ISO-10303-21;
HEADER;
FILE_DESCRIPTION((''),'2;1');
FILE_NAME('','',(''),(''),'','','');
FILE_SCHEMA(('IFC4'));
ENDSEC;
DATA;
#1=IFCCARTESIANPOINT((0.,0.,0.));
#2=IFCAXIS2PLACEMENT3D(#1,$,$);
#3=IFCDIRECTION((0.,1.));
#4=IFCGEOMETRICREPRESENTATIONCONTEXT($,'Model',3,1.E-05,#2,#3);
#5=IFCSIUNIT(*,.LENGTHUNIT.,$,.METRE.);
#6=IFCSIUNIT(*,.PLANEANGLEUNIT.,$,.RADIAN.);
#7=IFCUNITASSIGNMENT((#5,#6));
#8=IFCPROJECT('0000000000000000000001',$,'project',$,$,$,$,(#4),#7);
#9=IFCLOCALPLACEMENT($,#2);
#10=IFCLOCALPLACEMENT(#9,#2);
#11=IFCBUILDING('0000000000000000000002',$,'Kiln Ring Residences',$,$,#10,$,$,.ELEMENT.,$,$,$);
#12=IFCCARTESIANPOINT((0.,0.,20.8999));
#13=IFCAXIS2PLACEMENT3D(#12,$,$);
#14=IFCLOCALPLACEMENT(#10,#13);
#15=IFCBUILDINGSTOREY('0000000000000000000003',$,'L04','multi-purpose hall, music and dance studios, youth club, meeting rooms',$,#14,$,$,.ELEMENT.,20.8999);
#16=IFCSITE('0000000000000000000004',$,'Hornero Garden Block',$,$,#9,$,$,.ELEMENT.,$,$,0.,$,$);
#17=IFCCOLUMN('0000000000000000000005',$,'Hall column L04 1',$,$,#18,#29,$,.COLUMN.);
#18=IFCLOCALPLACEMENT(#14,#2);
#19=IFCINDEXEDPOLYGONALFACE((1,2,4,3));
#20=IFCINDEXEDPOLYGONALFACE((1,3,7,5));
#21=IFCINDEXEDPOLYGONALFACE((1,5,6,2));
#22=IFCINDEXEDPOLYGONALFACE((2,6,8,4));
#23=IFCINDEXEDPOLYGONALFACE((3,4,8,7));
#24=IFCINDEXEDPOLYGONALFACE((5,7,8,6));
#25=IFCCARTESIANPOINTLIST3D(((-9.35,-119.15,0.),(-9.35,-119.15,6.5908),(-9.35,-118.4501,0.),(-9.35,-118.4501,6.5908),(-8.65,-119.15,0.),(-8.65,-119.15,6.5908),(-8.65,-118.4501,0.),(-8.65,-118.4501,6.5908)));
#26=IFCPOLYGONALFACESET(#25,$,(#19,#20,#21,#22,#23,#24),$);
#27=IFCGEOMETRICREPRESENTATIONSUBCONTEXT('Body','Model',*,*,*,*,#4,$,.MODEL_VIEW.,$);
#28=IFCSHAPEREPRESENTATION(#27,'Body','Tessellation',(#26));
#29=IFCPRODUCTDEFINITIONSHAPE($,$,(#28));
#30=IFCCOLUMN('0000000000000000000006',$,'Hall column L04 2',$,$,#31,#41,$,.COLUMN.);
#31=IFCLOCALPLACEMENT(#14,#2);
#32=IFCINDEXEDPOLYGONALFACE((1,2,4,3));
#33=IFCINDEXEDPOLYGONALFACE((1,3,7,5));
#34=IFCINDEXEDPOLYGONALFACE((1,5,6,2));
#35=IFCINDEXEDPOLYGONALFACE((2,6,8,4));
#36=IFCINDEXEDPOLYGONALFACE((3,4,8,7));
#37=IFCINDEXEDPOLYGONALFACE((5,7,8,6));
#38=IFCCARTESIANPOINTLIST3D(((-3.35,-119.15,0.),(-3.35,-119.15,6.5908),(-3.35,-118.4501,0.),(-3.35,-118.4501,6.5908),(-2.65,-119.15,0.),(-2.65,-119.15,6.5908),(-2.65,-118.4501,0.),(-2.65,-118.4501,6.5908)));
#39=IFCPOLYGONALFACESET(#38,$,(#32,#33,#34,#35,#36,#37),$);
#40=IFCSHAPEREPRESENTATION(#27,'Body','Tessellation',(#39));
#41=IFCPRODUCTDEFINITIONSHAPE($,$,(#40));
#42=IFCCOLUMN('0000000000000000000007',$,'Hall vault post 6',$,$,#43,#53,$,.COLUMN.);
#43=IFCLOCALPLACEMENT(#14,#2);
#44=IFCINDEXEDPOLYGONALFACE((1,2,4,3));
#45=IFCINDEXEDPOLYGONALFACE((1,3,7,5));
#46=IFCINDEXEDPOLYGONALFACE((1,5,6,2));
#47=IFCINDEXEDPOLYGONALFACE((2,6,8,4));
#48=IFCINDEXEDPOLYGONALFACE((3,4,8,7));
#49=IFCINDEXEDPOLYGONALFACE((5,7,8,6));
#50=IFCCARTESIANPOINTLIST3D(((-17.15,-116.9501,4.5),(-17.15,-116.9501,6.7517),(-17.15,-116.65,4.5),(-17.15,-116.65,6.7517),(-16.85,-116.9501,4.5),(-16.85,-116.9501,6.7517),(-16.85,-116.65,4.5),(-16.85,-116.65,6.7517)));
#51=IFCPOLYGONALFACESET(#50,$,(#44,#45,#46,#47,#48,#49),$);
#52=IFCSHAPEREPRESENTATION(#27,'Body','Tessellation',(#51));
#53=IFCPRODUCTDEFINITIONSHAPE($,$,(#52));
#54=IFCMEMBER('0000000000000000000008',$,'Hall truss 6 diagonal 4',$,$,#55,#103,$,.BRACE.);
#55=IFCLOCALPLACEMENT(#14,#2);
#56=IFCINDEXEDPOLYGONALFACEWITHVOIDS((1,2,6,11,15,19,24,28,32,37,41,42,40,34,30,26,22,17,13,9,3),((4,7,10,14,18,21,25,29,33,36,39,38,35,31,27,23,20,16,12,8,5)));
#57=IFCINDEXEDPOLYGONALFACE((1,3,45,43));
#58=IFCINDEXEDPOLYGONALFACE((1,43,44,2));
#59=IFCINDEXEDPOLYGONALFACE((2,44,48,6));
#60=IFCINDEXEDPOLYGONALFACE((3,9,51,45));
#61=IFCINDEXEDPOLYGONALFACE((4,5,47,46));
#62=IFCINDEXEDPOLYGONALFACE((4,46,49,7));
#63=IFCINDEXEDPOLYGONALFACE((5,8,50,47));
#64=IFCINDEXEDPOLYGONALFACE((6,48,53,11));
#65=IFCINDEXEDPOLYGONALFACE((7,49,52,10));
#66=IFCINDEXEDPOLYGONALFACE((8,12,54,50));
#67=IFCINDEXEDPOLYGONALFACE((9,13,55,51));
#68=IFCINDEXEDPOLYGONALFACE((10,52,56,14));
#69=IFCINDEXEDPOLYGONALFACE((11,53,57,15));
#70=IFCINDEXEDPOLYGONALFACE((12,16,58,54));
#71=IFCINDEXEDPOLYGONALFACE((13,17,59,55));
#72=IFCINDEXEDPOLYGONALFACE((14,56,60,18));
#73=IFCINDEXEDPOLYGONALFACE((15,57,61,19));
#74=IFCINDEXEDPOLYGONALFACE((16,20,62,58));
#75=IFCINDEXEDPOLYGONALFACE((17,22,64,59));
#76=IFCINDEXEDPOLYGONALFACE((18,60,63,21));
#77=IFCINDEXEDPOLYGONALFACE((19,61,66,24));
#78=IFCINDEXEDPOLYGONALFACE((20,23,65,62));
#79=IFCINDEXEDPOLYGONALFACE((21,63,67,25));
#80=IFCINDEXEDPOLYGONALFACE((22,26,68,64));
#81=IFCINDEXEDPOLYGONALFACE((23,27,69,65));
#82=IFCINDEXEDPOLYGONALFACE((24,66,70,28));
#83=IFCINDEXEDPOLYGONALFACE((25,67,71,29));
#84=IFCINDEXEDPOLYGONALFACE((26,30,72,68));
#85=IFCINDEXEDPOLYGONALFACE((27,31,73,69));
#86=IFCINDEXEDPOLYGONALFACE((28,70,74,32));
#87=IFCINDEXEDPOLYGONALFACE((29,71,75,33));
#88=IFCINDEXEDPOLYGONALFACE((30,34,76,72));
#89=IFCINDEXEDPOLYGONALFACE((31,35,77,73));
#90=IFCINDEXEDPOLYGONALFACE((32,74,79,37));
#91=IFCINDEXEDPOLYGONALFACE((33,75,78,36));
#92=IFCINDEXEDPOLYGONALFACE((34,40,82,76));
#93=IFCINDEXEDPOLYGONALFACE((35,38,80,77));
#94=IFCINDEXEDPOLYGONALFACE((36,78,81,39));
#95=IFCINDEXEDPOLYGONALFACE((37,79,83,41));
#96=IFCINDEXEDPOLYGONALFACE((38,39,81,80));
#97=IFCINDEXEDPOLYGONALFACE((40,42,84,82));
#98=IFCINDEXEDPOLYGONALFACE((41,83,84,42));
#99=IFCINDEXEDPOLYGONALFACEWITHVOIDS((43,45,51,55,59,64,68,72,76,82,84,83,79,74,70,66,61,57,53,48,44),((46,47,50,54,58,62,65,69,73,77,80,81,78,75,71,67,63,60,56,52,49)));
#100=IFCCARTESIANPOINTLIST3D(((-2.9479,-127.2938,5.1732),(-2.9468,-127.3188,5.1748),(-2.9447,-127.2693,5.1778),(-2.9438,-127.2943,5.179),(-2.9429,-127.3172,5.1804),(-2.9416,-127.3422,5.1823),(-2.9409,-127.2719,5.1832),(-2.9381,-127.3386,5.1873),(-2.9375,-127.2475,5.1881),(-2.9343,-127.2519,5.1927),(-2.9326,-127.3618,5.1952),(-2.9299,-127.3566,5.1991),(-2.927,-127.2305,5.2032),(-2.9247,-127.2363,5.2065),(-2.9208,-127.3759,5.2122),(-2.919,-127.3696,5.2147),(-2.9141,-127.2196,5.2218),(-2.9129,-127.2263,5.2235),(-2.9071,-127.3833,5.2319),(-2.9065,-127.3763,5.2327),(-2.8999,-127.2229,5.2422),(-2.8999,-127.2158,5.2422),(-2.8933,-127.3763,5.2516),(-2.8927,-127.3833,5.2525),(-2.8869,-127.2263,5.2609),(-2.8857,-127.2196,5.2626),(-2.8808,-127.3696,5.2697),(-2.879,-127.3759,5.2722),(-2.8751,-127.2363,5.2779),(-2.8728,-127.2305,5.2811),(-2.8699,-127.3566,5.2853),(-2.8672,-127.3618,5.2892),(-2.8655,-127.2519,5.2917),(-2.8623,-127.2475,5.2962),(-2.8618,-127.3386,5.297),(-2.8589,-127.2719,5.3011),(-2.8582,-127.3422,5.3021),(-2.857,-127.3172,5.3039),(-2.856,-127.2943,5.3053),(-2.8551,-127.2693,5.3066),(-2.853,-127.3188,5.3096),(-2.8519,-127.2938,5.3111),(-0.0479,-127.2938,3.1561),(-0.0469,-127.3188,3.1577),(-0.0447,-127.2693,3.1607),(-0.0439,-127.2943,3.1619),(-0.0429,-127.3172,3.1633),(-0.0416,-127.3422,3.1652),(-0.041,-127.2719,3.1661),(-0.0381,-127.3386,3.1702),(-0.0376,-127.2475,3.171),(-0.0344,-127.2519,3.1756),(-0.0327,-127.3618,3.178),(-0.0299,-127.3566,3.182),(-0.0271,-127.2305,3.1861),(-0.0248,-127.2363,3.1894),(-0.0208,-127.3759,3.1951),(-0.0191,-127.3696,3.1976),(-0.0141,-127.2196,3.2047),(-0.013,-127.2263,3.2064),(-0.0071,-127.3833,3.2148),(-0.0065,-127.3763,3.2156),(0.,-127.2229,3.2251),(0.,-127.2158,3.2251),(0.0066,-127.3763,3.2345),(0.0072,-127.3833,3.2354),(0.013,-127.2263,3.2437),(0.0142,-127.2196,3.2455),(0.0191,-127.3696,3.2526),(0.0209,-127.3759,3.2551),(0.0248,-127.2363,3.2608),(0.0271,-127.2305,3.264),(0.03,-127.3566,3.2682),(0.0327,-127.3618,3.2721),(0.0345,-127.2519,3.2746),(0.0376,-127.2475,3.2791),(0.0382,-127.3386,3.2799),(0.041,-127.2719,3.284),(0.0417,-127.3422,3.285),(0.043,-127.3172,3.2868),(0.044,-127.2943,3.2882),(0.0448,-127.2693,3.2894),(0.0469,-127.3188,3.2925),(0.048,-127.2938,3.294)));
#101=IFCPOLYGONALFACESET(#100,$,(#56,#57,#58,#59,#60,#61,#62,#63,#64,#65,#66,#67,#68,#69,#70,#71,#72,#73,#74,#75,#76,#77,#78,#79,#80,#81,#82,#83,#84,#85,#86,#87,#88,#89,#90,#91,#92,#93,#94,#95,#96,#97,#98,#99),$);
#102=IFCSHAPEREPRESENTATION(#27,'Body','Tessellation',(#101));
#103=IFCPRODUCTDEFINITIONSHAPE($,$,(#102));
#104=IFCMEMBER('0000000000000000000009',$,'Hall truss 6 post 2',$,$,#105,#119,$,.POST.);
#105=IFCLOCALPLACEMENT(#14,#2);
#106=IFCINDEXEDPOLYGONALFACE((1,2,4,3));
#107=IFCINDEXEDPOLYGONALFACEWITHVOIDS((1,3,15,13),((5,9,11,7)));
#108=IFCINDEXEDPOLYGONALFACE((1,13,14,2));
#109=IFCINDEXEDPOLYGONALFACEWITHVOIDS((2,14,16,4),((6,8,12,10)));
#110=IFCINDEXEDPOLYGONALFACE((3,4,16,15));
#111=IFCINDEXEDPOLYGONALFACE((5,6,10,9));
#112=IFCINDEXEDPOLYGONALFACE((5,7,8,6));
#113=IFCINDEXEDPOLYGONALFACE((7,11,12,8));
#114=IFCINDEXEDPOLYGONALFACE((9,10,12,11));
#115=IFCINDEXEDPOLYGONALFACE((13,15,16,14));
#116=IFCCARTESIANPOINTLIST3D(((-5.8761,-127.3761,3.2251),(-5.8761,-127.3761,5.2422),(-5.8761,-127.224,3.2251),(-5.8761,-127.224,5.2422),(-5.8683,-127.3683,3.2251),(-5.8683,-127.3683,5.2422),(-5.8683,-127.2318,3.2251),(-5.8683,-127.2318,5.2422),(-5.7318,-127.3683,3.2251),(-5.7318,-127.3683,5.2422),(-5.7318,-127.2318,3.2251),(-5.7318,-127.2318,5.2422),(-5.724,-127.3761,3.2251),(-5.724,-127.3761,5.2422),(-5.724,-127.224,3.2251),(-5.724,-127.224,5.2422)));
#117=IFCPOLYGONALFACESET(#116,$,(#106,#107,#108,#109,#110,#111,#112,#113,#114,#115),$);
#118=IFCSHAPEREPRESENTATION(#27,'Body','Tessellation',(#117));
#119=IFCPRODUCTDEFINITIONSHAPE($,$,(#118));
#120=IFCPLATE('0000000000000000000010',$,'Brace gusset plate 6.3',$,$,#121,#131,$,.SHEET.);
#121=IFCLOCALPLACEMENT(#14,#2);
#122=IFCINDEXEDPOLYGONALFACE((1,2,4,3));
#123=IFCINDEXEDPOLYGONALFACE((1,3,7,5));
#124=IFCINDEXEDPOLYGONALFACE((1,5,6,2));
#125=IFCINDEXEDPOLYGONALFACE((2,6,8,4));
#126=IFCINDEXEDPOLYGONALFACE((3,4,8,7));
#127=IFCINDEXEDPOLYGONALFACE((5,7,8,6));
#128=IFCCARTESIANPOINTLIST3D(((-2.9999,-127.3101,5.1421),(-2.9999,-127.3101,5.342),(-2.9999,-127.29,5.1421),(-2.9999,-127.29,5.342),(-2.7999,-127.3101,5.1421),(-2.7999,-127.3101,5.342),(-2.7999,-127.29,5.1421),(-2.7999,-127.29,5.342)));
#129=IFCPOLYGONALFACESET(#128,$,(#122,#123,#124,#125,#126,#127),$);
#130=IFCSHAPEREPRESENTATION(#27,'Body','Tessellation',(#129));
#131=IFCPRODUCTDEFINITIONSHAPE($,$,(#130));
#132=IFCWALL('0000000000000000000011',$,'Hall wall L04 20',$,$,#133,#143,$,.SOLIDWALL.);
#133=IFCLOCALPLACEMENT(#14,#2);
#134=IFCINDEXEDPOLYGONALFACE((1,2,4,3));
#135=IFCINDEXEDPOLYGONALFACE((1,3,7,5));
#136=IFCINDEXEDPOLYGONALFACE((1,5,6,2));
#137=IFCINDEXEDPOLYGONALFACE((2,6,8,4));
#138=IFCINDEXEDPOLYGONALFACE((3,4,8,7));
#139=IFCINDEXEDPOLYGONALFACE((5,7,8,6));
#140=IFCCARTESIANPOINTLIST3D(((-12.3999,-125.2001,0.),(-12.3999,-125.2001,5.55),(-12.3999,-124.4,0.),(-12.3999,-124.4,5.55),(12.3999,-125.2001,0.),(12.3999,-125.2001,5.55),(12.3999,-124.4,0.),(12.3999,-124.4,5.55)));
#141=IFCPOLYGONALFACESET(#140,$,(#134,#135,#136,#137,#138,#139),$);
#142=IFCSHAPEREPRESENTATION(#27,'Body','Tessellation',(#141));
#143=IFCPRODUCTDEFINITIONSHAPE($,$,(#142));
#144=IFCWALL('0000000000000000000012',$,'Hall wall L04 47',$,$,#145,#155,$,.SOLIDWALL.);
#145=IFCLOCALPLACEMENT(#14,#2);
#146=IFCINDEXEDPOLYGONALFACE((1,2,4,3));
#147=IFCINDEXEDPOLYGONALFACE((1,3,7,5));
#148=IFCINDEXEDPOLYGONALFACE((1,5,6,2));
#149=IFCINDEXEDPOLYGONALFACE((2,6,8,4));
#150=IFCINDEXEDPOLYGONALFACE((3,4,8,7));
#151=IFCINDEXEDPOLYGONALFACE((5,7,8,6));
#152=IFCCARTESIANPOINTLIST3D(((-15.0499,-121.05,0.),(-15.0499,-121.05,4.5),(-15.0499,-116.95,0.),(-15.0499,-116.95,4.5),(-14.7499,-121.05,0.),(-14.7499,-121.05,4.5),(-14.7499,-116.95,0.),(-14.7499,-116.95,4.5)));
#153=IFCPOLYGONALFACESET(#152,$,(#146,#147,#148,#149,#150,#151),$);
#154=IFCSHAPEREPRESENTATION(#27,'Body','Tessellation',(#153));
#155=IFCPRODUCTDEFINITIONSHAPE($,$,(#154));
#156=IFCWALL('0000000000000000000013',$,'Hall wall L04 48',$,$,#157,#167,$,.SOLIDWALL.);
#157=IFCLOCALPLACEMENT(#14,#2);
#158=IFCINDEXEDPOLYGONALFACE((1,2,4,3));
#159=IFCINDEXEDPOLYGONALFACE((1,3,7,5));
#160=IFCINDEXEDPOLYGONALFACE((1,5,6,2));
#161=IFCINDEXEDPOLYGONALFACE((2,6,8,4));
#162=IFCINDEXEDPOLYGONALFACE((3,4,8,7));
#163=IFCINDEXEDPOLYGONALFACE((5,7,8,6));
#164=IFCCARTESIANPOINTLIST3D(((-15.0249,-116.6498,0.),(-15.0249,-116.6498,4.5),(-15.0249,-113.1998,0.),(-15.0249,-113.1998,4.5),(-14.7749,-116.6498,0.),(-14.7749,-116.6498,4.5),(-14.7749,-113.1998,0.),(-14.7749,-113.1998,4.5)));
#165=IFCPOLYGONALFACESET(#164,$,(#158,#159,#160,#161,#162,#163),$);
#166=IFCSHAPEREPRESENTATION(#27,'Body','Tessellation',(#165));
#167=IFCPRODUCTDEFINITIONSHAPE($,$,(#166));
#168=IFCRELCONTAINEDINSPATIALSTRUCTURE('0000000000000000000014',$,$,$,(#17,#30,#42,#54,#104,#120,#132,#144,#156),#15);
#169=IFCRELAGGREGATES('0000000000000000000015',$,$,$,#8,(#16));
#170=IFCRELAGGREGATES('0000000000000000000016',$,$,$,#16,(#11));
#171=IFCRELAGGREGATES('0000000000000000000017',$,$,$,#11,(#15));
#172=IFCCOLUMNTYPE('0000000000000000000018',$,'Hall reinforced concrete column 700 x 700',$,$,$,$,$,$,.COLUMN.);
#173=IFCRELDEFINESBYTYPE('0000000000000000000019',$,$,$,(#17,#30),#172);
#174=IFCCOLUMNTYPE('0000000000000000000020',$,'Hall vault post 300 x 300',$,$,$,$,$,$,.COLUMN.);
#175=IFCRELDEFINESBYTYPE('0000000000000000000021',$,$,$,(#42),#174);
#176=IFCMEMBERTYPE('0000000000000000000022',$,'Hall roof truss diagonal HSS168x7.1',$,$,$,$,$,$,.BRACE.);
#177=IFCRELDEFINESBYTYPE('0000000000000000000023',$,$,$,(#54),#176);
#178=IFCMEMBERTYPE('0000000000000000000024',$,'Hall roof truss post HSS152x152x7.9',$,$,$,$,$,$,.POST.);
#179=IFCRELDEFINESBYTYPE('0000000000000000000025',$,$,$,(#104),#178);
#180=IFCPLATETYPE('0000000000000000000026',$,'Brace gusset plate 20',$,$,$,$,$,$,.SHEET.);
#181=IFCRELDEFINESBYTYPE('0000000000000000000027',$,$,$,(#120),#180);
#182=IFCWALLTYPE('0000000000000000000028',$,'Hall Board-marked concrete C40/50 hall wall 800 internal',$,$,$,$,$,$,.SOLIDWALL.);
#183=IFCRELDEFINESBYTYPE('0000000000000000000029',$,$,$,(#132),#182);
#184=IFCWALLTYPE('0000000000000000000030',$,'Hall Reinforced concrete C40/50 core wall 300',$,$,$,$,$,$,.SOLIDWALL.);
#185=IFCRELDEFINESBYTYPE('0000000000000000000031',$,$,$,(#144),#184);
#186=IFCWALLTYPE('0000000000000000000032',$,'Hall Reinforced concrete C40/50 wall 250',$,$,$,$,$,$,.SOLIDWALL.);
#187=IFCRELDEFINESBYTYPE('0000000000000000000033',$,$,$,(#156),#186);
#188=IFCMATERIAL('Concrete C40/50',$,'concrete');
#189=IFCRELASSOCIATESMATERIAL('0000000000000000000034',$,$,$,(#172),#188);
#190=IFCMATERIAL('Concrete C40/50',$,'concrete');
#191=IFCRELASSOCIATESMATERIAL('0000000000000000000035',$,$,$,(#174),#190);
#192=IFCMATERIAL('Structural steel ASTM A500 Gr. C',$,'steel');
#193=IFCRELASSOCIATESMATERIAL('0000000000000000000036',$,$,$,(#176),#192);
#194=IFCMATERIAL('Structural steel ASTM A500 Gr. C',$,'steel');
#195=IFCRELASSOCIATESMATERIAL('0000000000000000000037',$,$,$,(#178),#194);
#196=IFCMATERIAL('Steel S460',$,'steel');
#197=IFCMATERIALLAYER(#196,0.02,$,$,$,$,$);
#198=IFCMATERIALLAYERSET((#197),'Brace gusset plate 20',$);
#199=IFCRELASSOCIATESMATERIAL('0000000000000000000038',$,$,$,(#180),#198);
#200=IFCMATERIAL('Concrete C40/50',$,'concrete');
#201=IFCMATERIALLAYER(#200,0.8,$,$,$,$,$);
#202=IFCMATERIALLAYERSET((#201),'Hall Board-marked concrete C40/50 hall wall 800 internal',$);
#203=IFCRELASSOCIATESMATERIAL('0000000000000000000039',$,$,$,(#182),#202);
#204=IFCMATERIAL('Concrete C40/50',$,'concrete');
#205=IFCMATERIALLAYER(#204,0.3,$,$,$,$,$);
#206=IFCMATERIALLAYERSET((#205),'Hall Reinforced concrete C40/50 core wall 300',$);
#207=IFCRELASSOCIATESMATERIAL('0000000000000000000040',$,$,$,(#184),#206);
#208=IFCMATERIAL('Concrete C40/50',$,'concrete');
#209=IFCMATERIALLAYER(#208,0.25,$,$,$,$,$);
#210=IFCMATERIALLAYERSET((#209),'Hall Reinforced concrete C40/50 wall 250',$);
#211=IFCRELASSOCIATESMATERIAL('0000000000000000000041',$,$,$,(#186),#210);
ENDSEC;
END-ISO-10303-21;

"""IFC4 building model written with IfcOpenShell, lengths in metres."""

from ifc_helpers import new_model, si_unit, direction, frame, frame_2d, origin, origin_2d, place, context, subcontext, project, spatial, rectangle, hollow_rectangle, hollow_circle, extrude, material, layer, layer_set, material_profile, profile_set, type_object, element, save


model = new_model("IFC4")

# Units and contexts
model_context = context("Model", 3, precision=1e-05, world=origin(), true_north=direction((0.0, 1.0)))
body_context = subcontext(model_context, "Body", "Model", "MODEL_VIEW")
ifc_project = project(units=[si_unit("LENGTHUNIT", "METRE"), si_unit("PLANEANGLEUNIT", "RADIAN")], contexts=[model_context])

# Site, building, storey
site_placement = place(None, origin())
site = spatial("IfcSite", under=ifc_project, at=site_placement, Name="Hornero Garden Block", CompositionType="ELEMENT", RefElevation=0.0)
building_placement = place(site_placement, origin())
building = spatial("IfcBuilding", under=site, at=building_placement, Name="Kiln Ring Residences", CompositionType="ELEMENT")
storey_placement = place(building_placement, frame((0.0, 0.0, 20.8999)))
storey = spatial("IfcBuildingStorey", under=building, at=storey_placement, Name="L04", Description="multi-purpose hall, music and dance studios, youth club, meeting rooms", CompositionType="ELEMENT", Elevation=20.8999)

# Columns
ifc_material_1 = material(Name="Concrete C40/50", Category="concrete")
ifc_material_profile_1 = material_profile(ifc_material_1, rectangle(XDim=0.7, YDim=0.7, at=origin_2d()), Name="Hall reinforced concrete column 700 x 700")
ifc_profile_set_1 = profile_set([ifc_material_profile_1], Name="Concrete C40/50")
column_type_1 = type_object("IfcColumnType", Name="Hall reinforced concrete column 700 x 700", PredefinedType="COLUMN", material=ifc_profile_set_1)
for number, where, z_axis, x_axis, name in (
    (1, (-9.0, -118.8, 0.0), (0.0, 0.0, 1.0), (1.0, 0.0, 0.0), "Hall column L04 1"),
    (2, (-3.0, -118.8, 0.0), (0.0, 0.0, 1.0), (1.0, 0.0, 0.0), "Hall column L04 2"),
):
    element("IfcColumn", number, at=place(storey_placement, frame(where, z_axis=z_axis, x_axis=x_axis)), inside=storey, type_object=column_type_1, Name=name, PredefinedType="COLUMN", context=body_context, shape_type="SweptSolid", body=[
        extrude(rectangle(XDim=0.7, YDim=0.7, at=origin_2d()), origin(), (0.0, 0.0, 1.0), 6.5908),
    ])
ifc_material_2 = material(Name="Concrete C40/50", Category="concrete")
ifc_material_profile_2 = material_profile(ifc_material_2, rectangle(XDim=0.3, YDim=0.3, at=origin_2d()), Name="Hall vault post 300 x 300")
ifc_profile_set_2 = profile_set([ifc_material_profile_2], Name="Concrete C40/50")
column_type_2 = type_object("IfcColumnType", Name="Hall vault post 300 x 300", PredefinedType="COLUMN", material=ifc_profile_set_2)
column_placement = place(storey_placement, frame((-17.0, -116.8, 4.5), z_axis=(0.0, 0.0, 1.0), x_axis=(1.0, 0.0, 0.0)))
element("IfcColumn", 3, at=column_placement, inside=storey, type_object=column_type_2, Name="Hall vault post 6", PredefinedType="COLUMN", context=body_context, shape_type="SweptSolid", body=[
    extrude(rectangle(XDim=0.3, YDim=0.3, at=origin_2d()), origin(), (0.0, 0.0, 1.0), 2.2517),
])

# Members
ifc_material_3 = material(Name="Structural steel ASTM A500 Gr. C", Category="steel")
ifc_material_profile_3 = material_profile(ifc_material_3, hollow_circle(Radius=0.0842, WallThickness=0.0071, at=origin_2d()), Name="HSS168x7.1")
ifc_profile_set_3 = profile_set([ifc_material_profile_3], Name="Structural steel ASTM A500 Gr. C")
member_type_1 = type_object("IfcMemberType", Name="Hall roof truss diagonal HSS168x7.1", PredefinedType="BRACE", material=ifc_profile_set_3)
member_1_placement = place(storey_placement, frame((-2.8999, -127.3, 5.2422), z_axis=(0.820936, 0.0, -0.57102), x_axis=(0.0, 1.0, 0.0)))
element("IfcMember", 4, at=member_1_placement, inside=storey, type_object=member_type_1, Name="Hall truss 6 diagonal 4", PredefinedType="BRACE", context=body_context, shape_type="SweptSolid", body=[
    extrude(hollow_circle(Radius=0.0842, WallThickness=0.0071, at=origin_2d()), origin(), (0.0, 0.0, 1.0), 3.5325),
])
ifc_material_4 = material(Name="Structural steel ASTM A500 Gr. C", Category="steel")
ifc_material_profile_4 = material_profile(ifc_material_4, hollow_rectangle(XDim=0.1521, YDim=0.1521, WallThickness=0.0078, at=origin_2d()), Name="HSS152x152x7.9")
ifc_profile_set_4 = profile_set([ifc_material_profile_4], Name="Structural steel ASTM A500 Gr. C")
member_type_2 = type_object("IfcMemberType", Name="Hall roof truss post HSS152x152x7.9", PredefinedType="POST", material=ifc_profile_set_4)
member_2_placement = place(storey_placement, frame((-5.8, -127.3, 3.2251), z_axis=(0.0, 0.0, 1.0), x_axis=(1.0, 0.0, 0.0)))
element("IfcMember", 5, at=member_2_placement, inside=storey, type_object=member_type_2, Name="Hall truss 6 post 2", PredefinedType="POST", context=body_context, shape_type="SweptSolid", body=[
    extrude(hollow_rectangle(XDim=0.1521, YDim=0.1521, WallThickness=0.0078, at=origin_2d()), origin(), (0.0, 0.0, 1.0), 2.0171),
])

# Plate
ifc_material_5 = material(Name="Steel S460", Category="steel")
ifc_layer_1 = layer(ifc_material_5, 0.02)
ifc_layer_set_1 = layer_set([ifc_layer_1], Name="Brace gusset plate 20")
plate_type = type_object("IfcPlateType", Name="Brace gusset plate 20", PredefinedType="SHEET", material=ifc_layer_set_1)
plate_placement = place(storey_placement, frame((-2.8999, -127.3, 5.1421), z_axis=(0.0, 0.0, 1.0), x_axis=(1.0, 0.0, 0.0)))
element("IfcPlate", 6, at=plate_placement, inside=storey, type_object=plate_type, Name="Brace gusset plate 6.3", PredefinedType="SHEET", context=body_context, shape_type="SweptSolid", body=[
    extrude(rectangle(XDim=0.2, YDim=0.02, at=origin_2d()), origin(), (0.0, 0.0, 1.0), 0.2),
])

# Wall
ifc_material_6 = material(Name="Concrete C40/50", Category="concrete")
ifc_layer_2 = layer(ifc_material_6, 0.8)
ifc_layer_set_2 = layer_set([ifc_layer_2], Name="Hall Board-marked concrete C40/50 hall wall 800 internal")
wall_type_1 = type_object("IfcWallType", Name="Hall Board-marked concrete C40/50 hall wall 800 internal", PredefinedType="SOLIDWALL", material=ifc_layer_set_2)
wall_1_placement = place(storey_placement, frame((-12.3999, -124.8, 0.0), z_axis=(0.0, 0.0, 1.0), x_axis=(1.0, 0.0, 0.0)))
element("IfcWall", 7, at=wall_1_placement, inside=storey, type_object=wall_type_1, Name="Hall wall L04 20", PredefinedType="SOLIDWALL", context=body_context, shape_type="SweptSolid", body=[
    extrude(rectangle(XDim=24.7998, YDim=0.8, at=frame_2d((12.3999, 0.0))), origin(), (0.0, 0.0, 1.0), 5.55),
])

# Walls
ifc_material_7 = material(Name="Concrete C40/50", Category="concrete")
ifc_layer_3 = layer(ifc_material_7, 0.3)
ifc_layer_set_3 = layer_set([ifc_layer_3], Name="Hall Reinforced concrete C40/50 core wall 300")
wall_type_2 = type_object("IfcWallType", Name="Hall Reinforced concrete C40/50 core wall 300", PredefinedType="SOLIDWALL", material=ifc_layer_set_3)
wall_2_placement = place(storey_placement, frame((-14.8999, -121.05, 0.0), z_axis=(0.0, 0.0, 1.0), x_axis=(0.0, 1.0, 0.0)))
element("IfcWall", 8, at=wall_2_placement, inside=storey, type_object=wall_type_2, Name="Hall wall L04 47", PredefinedType="SOLIDWALL", context=body_context, shape_type="SweptSolid", body=[
    extrude(rectangle(XDim=4.1001, YDim=0.3, at=frame_2d((2.05, 0.0))), origin(), (0.0, 0.0, 1.0), 4.5),
])
ifc_material_8 = material(Name="Concrete C40/50", Category="concrete")
ifc_layer_4 = layer(ifc_material_8, 0.25)
ifc_layer_set_4 = layer_set([ifc_layer_4], Name="Hall Reinforced concrete C40/50 wall 250")
wall_type_3 = type_object("IfcWallType", Name="Hall Reinforced concrete C40/50 wall 250", PredefinedType="SOLIDWALL", material=ifc_layer_set_4)
wall_3_placement = place(storey_placement, frame((-14.8999, -116.6499, 0.0), z_axis=(0.0, 0.0, 1.0), x_axis=(0.0, 1.0, 0.0)))
element("IfcWall", 9, at=wall_3_placement, inside=storey, type_object=wall_type_3, Name="Hall wall L04 48", PredefinedType="SOLIDWALL", context=body_context, shape_type="SweptSolid", body=[
    extrude(rectangle(XDim=3.45, YDim=0.25, at=frame_2d((1.7251, 0.0))), origin(), (0.0, 0.0, 1.0), 4.5),
])

save(model, "model.ifc")
